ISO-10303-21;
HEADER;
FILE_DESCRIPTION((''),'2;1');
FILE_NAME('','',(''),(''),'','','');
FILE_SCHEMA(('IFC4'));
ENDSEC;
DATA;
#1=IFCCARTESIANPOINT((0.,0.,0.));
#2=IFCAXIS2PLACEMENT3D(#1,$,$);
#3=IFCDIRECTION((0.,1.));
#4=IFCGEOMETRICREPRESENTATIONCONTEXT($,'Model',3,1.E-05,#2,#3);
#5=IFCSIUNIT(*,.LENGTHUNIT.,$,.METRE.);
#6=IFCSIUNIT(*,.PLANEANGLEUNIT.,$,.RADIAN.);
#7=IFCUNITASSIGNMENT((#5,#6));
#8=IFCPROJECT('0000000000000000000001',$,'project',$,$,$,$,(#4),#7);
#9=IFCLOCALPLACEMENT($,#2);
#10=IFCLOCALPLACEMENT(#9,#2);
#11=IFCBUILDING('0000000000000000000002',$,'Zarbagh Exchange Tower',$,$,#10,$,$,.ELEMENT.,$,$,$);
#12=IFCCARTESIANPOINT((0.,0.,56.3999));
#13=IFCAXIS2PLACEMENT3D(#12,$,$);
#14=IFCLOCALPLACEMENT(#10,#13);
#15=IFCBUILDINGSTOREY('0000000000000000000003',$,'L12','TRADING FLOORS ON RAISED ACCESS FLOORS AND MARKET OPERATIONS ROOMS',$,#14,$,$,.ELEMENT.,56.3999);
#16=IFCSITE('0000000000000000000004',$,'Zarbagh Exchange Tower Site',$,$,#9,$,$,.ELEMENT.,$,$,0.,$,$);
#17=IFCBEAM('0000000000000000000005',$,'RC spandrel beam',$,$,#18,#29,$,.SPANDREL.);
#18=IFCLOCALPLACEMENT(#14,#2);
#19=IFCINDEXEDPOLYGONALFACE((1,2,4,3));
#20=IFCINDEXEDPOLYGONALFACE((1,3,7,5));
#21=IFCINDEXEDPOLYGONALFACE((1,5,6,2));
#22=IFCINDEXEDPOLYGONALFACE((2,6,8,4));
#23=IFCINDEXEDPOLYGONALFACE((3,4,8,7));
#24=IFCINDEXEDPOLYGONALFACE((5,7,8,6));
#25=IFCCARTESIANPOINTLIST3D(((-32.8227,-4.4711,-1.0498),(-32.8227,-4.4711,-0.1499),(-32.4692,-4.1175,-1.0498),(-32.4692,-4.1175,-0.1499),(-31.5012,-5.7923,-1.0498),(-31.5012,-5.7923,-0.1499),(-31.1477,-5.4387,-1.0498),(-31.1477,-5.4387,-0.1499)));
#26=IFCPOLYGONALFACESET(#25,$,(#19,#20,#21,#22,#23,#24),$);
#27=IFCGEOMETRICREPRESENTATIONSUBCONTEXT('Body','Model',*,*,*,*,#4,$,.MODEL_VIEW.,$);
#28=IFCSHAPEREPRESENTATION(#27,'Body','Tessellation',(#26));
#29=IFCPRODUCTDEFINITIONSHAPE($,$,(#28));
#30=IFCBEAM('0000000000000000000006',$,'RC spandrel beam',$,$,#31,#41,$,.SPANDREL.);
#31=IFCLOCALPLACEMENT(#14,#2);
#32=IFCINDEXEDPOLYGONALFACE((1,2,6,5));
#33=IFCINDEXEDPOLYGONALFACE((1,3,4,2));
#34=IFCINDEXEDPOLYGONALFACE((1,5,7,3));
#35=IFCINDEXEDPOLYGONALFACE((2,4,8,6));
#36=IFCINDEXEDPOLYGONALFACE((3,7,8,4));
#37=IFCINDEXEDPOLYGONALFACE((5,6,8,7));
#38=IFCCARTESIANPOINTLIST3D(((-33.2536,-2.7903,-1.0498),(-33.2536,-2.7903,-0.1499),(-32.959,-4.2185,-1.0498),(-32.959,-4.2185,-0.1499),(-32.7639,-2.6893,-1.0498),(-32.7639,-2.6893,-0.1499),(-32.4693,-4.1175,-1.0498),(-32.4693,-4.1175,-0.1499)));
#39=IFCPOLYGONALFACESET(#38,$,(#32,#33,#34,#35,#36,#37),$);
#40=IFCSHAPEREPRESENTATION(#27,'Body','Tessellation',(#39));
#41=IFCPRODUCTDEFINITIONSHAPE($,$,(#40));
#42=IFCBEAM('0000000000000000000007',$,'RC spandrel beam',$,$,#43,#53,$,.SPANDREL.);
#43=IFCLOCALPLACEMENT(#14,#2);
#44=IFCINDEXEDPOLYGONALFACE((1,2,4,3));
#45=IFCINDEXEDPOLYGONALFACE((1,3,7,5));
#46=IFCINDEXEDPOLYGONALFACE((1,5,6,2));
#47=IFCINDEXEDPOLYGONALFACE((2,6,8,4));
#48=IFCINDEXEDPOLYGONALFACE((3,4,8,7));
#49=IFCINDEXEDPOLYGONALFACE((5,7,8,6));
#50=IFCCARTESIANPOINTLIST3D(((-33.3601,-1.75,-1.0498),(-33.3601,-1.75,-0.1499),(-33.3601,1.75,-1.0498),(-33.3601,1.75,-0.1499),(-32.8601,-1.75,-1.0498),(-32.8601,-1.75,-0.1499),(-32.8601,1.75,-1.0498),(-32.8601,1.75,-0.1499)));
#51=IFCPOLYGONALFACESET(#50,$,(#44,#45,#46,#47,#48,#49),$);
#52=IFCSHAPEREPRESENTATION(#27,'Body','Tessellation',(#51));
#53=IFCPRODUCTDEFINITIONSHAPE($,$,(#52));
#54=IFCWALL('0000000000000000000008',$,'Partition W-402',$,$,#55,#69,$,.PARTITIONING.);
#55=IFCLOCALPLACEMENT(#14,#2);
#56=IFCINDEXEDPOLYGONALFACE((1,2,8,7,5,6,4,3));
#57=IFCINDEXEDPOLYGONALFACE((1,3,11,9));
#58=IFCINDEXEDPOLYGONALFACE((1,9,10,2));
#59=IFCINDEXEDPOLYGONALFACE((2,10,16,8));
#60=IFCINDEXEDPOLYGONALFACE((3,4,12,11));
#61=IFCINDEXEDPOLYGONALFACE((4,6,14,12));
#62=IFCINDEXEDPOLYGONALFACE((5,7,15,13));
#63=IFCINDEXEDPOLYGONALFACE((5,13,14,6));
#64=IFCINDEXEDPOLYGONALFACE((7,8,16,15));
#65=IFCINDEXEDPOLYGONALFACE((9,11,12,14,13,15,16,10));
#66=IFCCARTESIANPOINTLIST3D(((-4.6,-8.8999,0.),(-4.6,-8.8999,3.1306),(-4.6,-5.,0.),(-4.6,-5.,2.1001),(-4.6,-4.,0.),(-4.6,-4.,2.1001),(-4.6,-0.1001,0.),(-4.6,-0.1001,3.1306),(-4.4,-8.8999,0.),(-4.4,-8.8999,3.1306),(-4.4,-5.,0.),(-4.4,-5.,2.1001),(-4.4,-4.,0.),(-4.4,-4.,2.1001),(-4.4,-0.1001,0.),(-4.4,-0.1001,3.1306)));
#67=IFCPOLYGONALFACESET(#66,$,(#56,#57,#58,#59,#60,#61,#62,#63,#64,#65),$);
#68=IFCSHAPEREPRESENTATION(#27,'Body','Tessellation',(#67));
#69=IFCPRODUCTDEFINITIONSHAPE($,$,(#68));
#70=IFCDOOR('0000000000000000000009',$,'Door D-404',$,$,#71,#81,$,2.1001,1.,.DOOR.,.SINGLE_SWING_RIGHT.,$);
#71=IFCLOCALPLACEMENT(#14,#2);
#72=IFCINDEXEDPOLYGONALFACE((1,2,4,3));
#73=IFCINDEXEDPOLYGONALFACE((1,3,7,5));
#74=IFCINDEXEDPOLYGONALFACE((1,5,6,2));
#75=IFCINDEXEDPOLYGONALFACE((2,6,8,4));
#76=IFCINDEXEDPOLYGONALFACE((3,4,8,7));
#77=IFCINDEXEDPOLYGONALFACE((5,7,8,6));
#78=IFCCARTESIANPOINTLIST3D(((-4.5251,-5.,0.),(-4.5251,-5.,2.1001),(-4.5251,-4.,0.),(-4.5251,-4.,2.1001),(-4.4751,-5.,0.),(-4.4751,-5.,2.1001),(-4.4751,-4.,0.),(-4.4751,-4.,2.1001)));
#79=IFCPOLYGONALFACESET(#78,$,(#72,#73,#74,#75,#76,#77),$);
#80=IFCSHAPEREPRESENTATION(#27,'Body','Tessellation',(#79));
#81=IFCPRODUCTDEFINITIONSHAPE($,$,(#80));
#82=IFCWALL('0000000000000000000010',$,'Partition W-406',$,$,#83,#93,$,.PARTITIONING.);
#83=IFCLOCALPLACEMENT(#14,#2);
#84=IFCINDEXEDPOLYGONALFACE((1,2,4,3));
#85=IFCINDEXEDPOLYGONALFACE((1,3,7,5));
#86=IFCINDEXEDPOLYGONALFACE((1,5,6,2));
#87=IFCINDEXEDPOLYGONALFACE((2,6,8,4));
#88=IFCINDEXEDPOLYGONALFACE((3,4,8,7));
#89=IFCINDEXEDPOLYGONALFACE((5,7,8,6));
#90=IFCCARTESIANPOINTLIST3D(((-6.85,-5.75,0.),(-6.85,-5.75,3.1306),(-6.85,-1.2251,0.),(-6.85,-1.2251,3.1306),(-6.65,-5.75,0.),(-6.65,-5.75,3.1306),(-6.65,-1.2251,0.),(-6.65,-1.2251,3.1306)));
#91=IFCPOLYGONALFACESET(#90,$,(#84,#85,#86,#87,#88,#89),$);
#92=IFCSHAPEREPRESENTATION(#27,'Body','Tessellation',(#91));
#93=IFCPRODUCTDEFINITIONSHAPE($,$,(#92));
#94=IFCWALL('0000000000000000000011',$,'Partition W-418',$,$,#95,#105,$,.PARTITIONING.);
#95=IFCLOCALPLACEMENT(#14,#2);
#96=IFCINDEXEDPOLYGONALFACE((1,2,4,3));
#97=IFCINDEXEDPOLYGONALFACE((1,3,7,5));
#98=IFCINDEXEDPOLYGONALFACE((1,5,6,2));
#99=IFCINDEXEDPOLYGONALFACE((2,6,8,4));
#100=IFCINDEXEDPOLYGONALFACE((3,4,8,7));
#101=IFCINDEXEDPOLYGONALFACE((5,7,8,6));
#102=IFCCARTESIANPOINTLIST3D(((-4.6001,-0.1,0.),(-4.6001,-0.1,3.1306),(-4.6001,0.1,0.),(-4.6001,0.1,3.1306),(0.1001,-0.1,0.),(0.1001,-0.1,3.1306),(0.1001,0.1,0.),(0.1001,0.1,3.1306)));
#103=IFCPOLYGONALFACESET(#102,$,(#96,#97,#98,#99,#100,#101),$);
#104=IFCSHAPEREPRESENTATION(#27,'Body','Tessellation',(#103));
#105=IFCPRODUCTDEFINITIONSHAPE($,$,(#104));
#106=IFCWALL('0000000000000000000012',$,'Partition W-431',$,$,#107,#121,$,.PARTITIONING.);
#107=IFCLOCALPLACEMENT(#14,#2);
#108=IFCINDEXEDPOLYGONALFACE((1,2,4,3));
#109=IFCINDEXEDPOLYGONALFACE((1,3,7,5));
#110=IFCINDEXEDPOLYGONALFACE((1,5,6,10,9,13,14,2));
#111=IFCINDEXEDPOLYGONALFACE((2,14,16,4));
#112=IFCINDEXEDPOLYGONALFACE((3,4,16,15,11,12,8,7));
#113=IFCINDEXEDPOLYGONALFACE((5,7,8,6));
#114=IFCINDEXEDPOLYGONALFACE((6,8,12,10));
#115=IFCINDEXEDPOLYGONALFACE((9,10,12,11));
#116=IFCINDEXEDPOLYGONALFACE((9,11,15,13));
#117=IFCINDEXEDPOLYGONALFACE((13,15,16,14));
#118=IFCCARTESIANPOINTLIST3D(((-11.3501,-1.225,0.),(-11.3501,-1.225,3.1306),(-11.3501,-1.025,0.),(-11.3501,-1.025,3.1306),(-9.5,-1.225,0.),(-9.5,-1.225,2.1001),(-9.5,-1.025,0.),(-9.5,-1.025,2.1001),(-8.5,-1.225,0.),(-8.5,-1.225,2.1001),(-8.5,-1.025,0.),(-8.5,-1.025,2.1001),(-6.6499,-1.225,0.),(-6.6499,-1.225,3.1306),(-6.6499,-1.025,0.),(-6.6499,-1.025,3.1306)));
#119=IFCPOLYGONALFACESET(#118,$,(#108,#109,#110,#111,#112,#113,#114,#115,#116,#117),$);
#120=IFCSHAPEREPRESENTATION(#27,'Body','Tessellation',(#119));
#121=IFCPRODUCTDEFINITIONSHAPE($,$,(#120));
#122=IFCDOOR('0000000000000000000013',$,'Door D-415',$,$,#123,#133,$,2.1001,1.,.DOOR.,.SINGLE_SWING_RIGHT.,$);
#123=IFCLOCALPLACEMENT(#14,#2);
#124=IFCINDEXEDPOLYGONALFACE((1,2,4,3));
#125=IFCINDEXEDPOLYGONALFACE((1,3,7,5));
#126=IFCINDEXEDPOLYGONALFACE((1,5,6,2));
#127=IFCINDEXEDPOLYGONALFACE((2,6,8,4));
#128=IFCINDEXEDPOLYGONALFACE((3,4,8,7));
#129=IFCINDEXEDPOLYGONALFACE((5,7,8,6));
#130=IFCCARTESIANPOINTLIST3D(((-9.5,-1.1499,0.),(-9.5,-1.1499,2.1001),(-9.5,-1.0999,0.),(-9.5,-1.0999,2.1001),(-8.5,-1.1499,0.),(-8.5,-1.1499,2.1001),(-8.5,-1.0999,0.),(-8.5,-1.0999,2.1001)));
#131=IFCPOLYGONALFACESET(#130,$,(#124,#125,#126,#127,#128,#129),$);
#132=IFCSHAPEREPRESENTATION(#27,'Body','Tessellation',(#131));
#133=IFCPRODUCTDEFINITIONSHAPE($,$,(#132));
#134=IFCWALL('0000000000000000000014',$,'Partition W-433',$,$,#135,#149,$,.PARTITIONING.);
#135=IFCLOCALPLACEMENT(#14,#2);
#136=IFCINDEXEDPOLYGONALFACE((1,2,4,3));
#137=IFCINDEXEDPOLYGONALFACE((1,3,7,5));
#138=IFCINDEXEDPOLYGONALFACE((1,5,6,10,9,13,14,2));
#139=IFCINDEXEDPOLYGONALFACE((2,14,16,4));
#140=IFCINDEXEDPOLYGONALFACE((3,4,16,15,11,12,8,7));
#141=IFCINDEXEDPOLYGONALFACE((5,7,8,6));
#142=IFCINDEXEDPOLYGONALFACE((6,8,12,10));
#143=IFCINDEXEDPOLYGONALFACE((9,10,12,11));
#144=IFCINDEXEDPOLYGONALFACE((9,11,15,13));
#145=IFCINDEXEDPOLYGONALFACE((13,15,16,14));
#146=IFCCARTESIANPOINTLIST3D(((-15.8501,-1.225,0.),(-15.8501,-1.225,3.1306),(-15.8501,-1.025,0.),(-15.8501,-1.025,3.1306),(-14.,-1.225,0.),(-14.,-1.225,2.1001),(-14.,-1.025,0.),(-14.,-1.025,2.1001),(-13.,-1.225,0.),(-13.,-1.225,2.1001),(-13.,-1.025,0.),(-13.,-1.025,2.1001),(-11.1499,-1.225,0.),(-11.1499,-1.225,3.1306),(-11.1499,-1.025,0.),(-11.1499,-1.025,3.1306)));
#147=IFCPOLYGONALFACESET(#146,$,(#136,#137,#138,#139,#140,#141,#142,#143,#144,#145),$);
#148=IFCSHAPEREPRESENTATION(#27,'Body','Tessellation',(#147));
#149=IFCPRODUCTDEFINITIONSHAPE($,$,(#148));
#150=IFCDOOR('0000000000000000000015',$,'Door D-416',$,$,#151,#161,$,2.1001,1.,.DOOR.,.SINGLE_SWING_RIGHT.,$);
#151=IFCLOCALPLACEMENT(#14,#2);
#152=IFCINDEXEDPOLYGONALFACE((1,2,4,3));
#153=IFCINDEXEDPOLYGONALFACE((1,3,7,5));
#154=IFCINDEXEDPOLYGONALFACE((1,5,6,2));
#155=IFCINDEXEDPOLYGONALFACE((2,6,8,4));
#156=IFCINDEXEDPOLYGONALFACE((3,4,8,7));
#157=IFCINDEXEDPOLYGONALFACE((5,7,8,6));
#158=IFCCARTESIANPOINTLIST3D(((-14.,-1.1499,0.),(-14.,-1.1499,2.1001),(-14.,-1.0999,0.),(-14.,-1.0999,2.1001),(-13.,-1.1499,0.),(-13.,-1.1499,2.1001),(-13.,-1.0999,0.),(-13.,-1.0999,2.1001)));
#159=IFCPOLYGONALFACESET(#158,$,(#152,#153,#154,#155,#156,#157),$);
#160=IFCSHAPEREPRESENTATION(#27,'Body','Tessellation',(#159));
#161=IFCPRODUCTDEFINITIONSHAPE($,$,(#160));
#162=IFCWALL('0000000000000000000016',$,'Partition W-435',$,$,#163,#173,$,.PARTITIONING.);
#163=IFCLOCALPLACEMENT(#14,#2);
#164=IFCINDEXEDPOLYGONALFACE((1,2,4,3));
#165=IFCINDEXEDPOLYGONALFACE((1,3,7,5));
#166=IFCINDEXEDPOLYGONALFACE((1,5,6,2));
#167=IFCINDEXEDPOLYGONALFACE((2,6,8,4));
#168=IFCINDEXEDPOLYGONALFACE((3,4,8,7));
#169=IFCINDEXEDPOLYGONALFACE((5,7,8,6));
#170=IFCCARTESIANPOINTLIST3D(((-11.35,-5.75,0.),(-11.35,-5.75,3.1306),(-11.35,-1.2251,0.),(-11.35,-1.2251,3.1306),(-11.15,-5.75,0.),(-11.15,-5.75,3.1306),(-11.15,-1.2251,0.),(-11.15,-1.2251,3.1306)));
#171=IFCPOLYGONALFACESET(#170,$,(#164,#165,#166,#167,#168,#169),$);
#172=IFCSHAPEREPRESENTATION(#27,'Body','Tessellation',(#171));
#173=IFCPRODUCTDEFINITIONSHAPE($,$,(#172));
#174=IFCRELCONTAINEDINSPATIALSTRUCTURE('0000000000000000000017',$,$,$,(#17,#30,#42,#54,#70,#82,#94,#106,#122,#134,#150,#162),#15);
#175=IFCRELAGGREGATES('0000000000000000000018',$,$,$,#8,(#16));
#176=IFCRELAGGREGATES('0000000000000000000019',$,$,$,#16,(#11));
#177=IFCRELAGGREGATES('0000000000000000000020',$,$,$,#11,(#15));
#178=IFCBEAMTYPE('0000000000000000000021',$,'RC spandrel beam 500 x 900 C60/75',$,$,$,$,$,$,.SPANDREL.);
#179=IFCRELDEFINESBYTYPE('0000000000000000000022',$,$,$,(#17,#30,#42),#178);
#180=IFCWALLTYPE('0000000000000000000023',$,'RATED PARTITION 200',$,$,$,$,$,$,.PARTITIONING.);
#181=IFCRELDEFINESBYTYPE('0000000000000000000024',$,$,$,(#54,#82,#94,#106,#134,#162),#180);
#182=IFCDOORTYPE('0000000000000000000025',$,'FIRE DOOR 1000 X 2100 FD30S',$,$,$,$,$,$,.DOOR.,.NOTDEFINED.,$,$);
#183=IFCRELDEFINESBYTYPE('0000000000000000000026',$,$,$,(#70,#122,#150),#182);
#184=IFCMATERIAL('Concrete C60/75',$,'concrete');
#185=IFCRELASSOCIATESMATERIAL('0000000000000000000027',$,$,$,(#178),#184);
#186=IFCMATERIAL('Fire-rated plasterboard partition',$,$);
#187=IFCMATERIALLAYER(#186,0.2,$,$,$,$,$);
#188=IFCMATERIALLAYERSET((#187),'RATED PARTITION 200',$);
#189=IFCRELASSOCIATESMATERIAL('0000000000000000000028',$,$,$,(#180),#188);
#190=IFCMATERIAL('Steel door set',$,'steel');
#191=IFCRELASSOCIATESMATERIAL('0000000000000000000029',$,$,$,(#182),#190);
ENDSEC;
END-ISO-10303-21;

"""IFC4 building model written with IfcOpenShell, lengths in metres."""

from ifc_helpers import new_model, si_unit, direction, frame, frame_2d, origin, origin_2d, place, context, subcontext, project, spatial, rectangle, extrude, material, layer, layer_set, material_profile, profile_set, type_object, element, fill, save


model = new_model("IFC4")

# Units and contexts
model_context = context("Model", 3, precision=1e-05, world=origin(), true_north=direction((0.0, 1.0)))
body_context = subcontext(model_context, "Body", "Model", "MODEL_VIEW")
ifc_project = project(units=[si_unit("LENGTHUNIT", "METRE"), si_unit("PLANEANGLEUNIT", "RADIAN")], contexts=[model_context])

# Site, building, storey
site_placement = place(None, origin())
site = spatial("IfcSite", under=ifc_project, at=site_placement, Name="Zarbagh Exchange Tower Site", CompositionType="ELEMENT", RefElevation=0.0)
building_placement = place(site_placement, origin())
building = spatial("IfcBuilding", under=site, at=building_placement, Name="Zarbagh Exchange Tower", CompositionType="ELEMENT")
storey_placement = place(building_placement, frame((0.0, 0.0, 56.3999)))
storey = spatial("IfcBuildingStorey", under=building, at=storey_placement, Name="L12", Description="TRADING FLOORS ON RAISED ACCESS FLOORS AND MARKET OPERATIONS ROOMS", CompositionType="ELEMENT", Elevation=56.3999)

# Shared definitions
ifc_material_1 = material(Name="Concrete C60/75", Category="concrete")

# Beams
ifc_material_profile_1 = material_profile(ifc_material_1, rectangle(XDim=0.5, YDim=0.8999, at=origin_2d()), Name="RC spandrel beam 500 x 900 C60/75")
ifc_profile_set_1 = profile_set([ifc_material_profile_1], Name="Concrete C60/75")
beam_type_1 = type_object("IfcBeamType", Name="RC spandrel beam 500 x 900 C60/75", PredefinedType="SPANDREL", material=ifc_profile_set_1)
beam_1_placement = place(storey_placement, frame((-31.3245, -5.6155, -0.5999), z_axis=(-0.707172, 0.707041, 0.0), x_axis=(-0.707041, -0.707172, 0.0)))
element("IfcBeam", 1, at=beam_1_placement, inside=storey, type_object=beam_type_1, Name="RC spandrel beam", PredefinedType="SPANDREL", context=body_context, shape_type="SweptSolid", body=[
    extrude(rectangle(XDim=0.5, YDim=0.8999, at=origin_2d()), origin(), (0.0, 0.0, 1.0), 1.8687),
])
beam_2_placement = place(storey_placement, frame((-32.7141, -4.168, -0.5999), z_axis=(-0.202069, 0.979371, 0.0), x_axis=(-0.979371, -0.202069, 0.0)))
element("IfcBeam", 2, at=beam_2_placement, inside=storey, type_object=beam_type_1, Name="RC spandrel beam", PredefinedType="SPANDREL", context=body_context, shape_type="SweptSolid", body=[
    extrude(rectangle(XDim=0.5, YDim=0.8999, at=origin_2d()), origin(), (0.0, 0.0, 1.0), 1.4583),
])
beam_3_placement = place(storey_placement, frame((-33.1101, -1.75, -0.5999), z_axis=(0.0, 1.0, 0.0), x_axis=(-1.0, 0.0, 0.0)))
element("IfcBeam", 3, at=beam_3_placement, inside=storey, type_object=beam_type_1, Name="RC spandrel beam", PredefinedType="SPANDREL", context=body_context, shape_type="SweptSolid", body=[
    extrude(rectangle(XDim=0.5, YDim=0.8999, at=origin_2d()), origin(), (0.0, 0.0, 1.0), 3.5),
])

# Wall, opening, door
ifc_material_2 = material(Name="Fire-rated plasterboard partition")
ifc_layer = layer(ifc_material_2, 0.2)
ifc_layer_set = layer_set([ifc_layer], Name="RATED PARTITION 200")
wall_type = type_object("IfcWallType", Name="RATED PARTITION 200", PredefinedType="PARTITIONING", material=ifc_layer_set)
wall_1_placement = place(storey_placement, frame((-4.5, -0.1001, 0.0), z_axis=(0.0, 0.0, 1.0), x_axis=(0.0, -1.0, 0.0)))
wall_1 = element("IfcWall", 4, at=wall_1_placement, inside=storey, type_object=wall_type, Name="Partition W-402", PredefinedType="PARTITIONING", context=body_context, shape_type="SweptSolid", body=[
    extrude(rectangle(XDim=8.7998, YDim=0.2, at=frame_2d((4.3999, 0.0))), origin(), (0.0, 0.0, 1.0), 3.1306),
])
opening_1_placement = place(wall_1_placement, frame((3.8999, 0.0, 0.0)))
opening_1 = element("IfcOpeningElement", 5, at=opening_1_placement, cuts=wall_1, PredefinedType="OPENING", context=body_context, shape_type="SweptSolid", body=[
    extrude(rectangle(XDim=1.0, YDim=2.1001, at=frame_2d((0.5, 1.05))), frame((0.0, 0.1099, 0.0), z_axis=(0.0, -1.0, 0.0), x_axis=(1.0, 0.0, 0.0)), (0.0, 0.0, 1.0), 0.22),
])
ifc_material_3 = material(Name="Steel door set", Category="steel")
door_type = type_object("IfcDoorType", Name="FIRE DOOR 1000 X 2100 FD30S", OperationType="NOTDEFINED", PredefinedType="DOOR", material=ifc_material_3)
door_1_placement = place(opening_1_placement, origin())
door_1 = element("IfcDoor", 6, at=door_1_placement, inside=storey, type_object=door_type, Name="Door D-404", OperationType="SINGLE_SWING_RIGHT", OverallHeight=2.1001, OverallWidth=1.0, PredefinedType="DOOR", context=body_context, shape_type="SweptSolid", body=[
    extrude(rectangle(XDim=1.0, YDim=2.1001, at=frame_2d((0.5, 1.05))), frame((0.0, 0.0249, 0.0), z_axis=(0.0, -1.0, 0.0), x_axis=(1.0, 0.0, 0.0)), (0.0, 0.0, 1.0), 0.05),
])
fill(opening_1, door_1)

# Walls
wall_2_placement = place(storey_placement, frame((-6.75, -5.75, 0.0), z_axis=(0.0, 0.0, 1.0), x_axis=(0.0, 1.0, 0.0)))
element("IfcWall", 7, at=wall_2_placement, inside=storey, type_object=wall_type, Name="Partition W-406", PredefinedType="PARTITIONING", context=body_context, shape_type="SweptSolid", body=[
    extrude(rectangle(XDim=4.5249, YDim=0.2, at=frame_2d((2.2625, 0.0))), origin(), (0.0, 0.0, 1.0), 3.1306),
])
wall_3_placement = place(storey_placement, frame((-4.6001, 0.0, 0.0), z_axis=(0.0, 0.0, 1.0), x_axis=(1.0, 0.0, 0.0)))
element("IfcWall", 8, at=wall_3_placement, inside=storey, type_object=wall_type, Name="Partition W-418", PredefinedType="PARTITIONING", context=body_context, shape_type="SweptSolid", body=[
    extrude(rectangle(XDim=4.7002, YDim=0.2, at=frame_2d((2.3501, 0.0))), origin(), (0.0, 0.0, 1.0), 3.1306),
])

# Walls, openings, doors
wall_4_placement = place(storey_placement, frame((-6.6499, -1.125, 0.0), z_axis=(0.0, 0.0, 1.0), x_axis=(-1.0, 0.0, 0.0)))
wall_4 = element("IfcWall", 9, at=wall_4_placement, inside=storey, type_object=wall_type, Name="Partition W-431", PredefinedType="PARTITIONING", context=body_context, shape_type="SweptSolid", body=[
    extrude(rectangle(XDim=4.7002, YDim=0.2, at=frame_2d((2.3501, 0.0))), origin(), (0.0, 0.0, 1.0), 3.1306),
])
opening_2_placement = place(wall_4_placement, frame((1.8501, 0.0, 0.0)))
opening_2 = element("IfcOpeningElement", 10, at=opening_2_placement, cuts=wall_4, PredefinedType="OPENING", context=body_context, shape_type="SweptSolid", body=[
    extrude(rectangle(XDim=1.0, YDim=2.1001, at=frame_2d((0.5, 1.05))), frame((0.0, 0.1099, 0.0), z_axis=(0.0, -1.0, 0.0), x_axis=(1.0, 0.0, 0.0)), (0.0, 0.0, 1.0), 0.22),
])
door_2_placement = place(opening_2_placement, origin())
door_2 = element("IfcDoor", 11, at=door_2_placement, inside=storey, type_object=door_type, Name="Door D-415", OperationType="SINGLE_SWING_RIGHT", OverallHeight=2.1001, OverallWidth=1.0, PredefinedType="DOOR", context=body_context, shape_type="SweptSolid", body=[
    extrude(rectangle(XDim=1.0, YDim=2.1001, at=frame_2d((0.5, 1.05))), frame((0.0, 0.0249, 0.0), z_axis=(0.0, -1.0, 0.0), x_axis=(1.0, 0.0, 0.0)), (0.0, 0.0, 1.0), 0.05),
])
fill(opening_2, door_2)
wall_5_placement = place(storey_placement, frame((-11.1499, -1.125, 0.0), z_axis=(0.0, 0.0, 1.0), x_axis=(-1.0, 0.0, 0.0)))
wall_5 = element("IfcWall", 12, at=wall_5_placement, inside=storey, type_object=wall_type, Name="Partition W-433", PredefinedType="PARTITIONING", context=body_context, shape_type="SweptSolid", body=[
    extrude(rectangle(XDim=4.7002, YDim=0.2, at=frame_2d((2.3501, 0.0))), origin(), (0.0, 0.0, 1.0), 3.1306),
])
opening_3_placement = place(wall_5_placement, frame((1.8501, 0.0, 0.0)))
opening_3 = element("IfcOpeningElement", 13, at=opening_3_placement, cuts=wall_5, PredefinedType="OPENING", context=body_context, shape_type="SweptSolid", body=[
    extrude(rectangle(XDim=1.0, YDim=2.1001, at=frame_2d((0.5, 1.05))), frame((0.0, 0.1099, 0.0), z_axis=(0.0, -1.0, 0.0), x_axis=(1.0, 0.0, 0.0)), (0.0, 0.0, 1.0), 0.22),
])
door_3_placement = place(opening_3_placement, origin())
door_3 = element("IfcDoor", 14, at=door_3_placement, inside=storey, type_object=door_type, Name="Door D-416", OperationType="SINGLE_SWING_RIGHT", OverallHeight=2.1001, OverallWidth=1.0, PredefinedType="DOOR", context=body_context, shape_type="SweptSolid", body=[
    extrude(rectangle(XDim=1.0, YDim=2.1001, at=frame_2d((0.5, 1.05))), frame((0.0, 0.0249, 0.0), z_axis=(0.0, -1.0, 0.0), x_axis=(1.0, 0.0, 0.0)), (0.0, 0.0, 1.0), 0.05),
])
fill(opening_3, door_3)

# Wall
wall_6_placement = place(storey_placement, frame((-11.25, -5.75, 0.0), z_axis=(0.0, 0.0, 1.0), x_axis=(0.0, 1.0, 0.0)))
element("IfcWall", 15, at=wall_6_placement, inside=storey, type_object=wall_type, Name="Partition W-435", PredefinedType="PARTITIONING", context=body_context, shape_type="SweptSolid", body=[
    extrude(rectangle(XDim=4.5249, YDim=0.2, at=frame_2d((2.2625, 0.0))), origin(), (0.0, 0.0, 1.0), 3.1306),
])

save(model, "model.ifc")
